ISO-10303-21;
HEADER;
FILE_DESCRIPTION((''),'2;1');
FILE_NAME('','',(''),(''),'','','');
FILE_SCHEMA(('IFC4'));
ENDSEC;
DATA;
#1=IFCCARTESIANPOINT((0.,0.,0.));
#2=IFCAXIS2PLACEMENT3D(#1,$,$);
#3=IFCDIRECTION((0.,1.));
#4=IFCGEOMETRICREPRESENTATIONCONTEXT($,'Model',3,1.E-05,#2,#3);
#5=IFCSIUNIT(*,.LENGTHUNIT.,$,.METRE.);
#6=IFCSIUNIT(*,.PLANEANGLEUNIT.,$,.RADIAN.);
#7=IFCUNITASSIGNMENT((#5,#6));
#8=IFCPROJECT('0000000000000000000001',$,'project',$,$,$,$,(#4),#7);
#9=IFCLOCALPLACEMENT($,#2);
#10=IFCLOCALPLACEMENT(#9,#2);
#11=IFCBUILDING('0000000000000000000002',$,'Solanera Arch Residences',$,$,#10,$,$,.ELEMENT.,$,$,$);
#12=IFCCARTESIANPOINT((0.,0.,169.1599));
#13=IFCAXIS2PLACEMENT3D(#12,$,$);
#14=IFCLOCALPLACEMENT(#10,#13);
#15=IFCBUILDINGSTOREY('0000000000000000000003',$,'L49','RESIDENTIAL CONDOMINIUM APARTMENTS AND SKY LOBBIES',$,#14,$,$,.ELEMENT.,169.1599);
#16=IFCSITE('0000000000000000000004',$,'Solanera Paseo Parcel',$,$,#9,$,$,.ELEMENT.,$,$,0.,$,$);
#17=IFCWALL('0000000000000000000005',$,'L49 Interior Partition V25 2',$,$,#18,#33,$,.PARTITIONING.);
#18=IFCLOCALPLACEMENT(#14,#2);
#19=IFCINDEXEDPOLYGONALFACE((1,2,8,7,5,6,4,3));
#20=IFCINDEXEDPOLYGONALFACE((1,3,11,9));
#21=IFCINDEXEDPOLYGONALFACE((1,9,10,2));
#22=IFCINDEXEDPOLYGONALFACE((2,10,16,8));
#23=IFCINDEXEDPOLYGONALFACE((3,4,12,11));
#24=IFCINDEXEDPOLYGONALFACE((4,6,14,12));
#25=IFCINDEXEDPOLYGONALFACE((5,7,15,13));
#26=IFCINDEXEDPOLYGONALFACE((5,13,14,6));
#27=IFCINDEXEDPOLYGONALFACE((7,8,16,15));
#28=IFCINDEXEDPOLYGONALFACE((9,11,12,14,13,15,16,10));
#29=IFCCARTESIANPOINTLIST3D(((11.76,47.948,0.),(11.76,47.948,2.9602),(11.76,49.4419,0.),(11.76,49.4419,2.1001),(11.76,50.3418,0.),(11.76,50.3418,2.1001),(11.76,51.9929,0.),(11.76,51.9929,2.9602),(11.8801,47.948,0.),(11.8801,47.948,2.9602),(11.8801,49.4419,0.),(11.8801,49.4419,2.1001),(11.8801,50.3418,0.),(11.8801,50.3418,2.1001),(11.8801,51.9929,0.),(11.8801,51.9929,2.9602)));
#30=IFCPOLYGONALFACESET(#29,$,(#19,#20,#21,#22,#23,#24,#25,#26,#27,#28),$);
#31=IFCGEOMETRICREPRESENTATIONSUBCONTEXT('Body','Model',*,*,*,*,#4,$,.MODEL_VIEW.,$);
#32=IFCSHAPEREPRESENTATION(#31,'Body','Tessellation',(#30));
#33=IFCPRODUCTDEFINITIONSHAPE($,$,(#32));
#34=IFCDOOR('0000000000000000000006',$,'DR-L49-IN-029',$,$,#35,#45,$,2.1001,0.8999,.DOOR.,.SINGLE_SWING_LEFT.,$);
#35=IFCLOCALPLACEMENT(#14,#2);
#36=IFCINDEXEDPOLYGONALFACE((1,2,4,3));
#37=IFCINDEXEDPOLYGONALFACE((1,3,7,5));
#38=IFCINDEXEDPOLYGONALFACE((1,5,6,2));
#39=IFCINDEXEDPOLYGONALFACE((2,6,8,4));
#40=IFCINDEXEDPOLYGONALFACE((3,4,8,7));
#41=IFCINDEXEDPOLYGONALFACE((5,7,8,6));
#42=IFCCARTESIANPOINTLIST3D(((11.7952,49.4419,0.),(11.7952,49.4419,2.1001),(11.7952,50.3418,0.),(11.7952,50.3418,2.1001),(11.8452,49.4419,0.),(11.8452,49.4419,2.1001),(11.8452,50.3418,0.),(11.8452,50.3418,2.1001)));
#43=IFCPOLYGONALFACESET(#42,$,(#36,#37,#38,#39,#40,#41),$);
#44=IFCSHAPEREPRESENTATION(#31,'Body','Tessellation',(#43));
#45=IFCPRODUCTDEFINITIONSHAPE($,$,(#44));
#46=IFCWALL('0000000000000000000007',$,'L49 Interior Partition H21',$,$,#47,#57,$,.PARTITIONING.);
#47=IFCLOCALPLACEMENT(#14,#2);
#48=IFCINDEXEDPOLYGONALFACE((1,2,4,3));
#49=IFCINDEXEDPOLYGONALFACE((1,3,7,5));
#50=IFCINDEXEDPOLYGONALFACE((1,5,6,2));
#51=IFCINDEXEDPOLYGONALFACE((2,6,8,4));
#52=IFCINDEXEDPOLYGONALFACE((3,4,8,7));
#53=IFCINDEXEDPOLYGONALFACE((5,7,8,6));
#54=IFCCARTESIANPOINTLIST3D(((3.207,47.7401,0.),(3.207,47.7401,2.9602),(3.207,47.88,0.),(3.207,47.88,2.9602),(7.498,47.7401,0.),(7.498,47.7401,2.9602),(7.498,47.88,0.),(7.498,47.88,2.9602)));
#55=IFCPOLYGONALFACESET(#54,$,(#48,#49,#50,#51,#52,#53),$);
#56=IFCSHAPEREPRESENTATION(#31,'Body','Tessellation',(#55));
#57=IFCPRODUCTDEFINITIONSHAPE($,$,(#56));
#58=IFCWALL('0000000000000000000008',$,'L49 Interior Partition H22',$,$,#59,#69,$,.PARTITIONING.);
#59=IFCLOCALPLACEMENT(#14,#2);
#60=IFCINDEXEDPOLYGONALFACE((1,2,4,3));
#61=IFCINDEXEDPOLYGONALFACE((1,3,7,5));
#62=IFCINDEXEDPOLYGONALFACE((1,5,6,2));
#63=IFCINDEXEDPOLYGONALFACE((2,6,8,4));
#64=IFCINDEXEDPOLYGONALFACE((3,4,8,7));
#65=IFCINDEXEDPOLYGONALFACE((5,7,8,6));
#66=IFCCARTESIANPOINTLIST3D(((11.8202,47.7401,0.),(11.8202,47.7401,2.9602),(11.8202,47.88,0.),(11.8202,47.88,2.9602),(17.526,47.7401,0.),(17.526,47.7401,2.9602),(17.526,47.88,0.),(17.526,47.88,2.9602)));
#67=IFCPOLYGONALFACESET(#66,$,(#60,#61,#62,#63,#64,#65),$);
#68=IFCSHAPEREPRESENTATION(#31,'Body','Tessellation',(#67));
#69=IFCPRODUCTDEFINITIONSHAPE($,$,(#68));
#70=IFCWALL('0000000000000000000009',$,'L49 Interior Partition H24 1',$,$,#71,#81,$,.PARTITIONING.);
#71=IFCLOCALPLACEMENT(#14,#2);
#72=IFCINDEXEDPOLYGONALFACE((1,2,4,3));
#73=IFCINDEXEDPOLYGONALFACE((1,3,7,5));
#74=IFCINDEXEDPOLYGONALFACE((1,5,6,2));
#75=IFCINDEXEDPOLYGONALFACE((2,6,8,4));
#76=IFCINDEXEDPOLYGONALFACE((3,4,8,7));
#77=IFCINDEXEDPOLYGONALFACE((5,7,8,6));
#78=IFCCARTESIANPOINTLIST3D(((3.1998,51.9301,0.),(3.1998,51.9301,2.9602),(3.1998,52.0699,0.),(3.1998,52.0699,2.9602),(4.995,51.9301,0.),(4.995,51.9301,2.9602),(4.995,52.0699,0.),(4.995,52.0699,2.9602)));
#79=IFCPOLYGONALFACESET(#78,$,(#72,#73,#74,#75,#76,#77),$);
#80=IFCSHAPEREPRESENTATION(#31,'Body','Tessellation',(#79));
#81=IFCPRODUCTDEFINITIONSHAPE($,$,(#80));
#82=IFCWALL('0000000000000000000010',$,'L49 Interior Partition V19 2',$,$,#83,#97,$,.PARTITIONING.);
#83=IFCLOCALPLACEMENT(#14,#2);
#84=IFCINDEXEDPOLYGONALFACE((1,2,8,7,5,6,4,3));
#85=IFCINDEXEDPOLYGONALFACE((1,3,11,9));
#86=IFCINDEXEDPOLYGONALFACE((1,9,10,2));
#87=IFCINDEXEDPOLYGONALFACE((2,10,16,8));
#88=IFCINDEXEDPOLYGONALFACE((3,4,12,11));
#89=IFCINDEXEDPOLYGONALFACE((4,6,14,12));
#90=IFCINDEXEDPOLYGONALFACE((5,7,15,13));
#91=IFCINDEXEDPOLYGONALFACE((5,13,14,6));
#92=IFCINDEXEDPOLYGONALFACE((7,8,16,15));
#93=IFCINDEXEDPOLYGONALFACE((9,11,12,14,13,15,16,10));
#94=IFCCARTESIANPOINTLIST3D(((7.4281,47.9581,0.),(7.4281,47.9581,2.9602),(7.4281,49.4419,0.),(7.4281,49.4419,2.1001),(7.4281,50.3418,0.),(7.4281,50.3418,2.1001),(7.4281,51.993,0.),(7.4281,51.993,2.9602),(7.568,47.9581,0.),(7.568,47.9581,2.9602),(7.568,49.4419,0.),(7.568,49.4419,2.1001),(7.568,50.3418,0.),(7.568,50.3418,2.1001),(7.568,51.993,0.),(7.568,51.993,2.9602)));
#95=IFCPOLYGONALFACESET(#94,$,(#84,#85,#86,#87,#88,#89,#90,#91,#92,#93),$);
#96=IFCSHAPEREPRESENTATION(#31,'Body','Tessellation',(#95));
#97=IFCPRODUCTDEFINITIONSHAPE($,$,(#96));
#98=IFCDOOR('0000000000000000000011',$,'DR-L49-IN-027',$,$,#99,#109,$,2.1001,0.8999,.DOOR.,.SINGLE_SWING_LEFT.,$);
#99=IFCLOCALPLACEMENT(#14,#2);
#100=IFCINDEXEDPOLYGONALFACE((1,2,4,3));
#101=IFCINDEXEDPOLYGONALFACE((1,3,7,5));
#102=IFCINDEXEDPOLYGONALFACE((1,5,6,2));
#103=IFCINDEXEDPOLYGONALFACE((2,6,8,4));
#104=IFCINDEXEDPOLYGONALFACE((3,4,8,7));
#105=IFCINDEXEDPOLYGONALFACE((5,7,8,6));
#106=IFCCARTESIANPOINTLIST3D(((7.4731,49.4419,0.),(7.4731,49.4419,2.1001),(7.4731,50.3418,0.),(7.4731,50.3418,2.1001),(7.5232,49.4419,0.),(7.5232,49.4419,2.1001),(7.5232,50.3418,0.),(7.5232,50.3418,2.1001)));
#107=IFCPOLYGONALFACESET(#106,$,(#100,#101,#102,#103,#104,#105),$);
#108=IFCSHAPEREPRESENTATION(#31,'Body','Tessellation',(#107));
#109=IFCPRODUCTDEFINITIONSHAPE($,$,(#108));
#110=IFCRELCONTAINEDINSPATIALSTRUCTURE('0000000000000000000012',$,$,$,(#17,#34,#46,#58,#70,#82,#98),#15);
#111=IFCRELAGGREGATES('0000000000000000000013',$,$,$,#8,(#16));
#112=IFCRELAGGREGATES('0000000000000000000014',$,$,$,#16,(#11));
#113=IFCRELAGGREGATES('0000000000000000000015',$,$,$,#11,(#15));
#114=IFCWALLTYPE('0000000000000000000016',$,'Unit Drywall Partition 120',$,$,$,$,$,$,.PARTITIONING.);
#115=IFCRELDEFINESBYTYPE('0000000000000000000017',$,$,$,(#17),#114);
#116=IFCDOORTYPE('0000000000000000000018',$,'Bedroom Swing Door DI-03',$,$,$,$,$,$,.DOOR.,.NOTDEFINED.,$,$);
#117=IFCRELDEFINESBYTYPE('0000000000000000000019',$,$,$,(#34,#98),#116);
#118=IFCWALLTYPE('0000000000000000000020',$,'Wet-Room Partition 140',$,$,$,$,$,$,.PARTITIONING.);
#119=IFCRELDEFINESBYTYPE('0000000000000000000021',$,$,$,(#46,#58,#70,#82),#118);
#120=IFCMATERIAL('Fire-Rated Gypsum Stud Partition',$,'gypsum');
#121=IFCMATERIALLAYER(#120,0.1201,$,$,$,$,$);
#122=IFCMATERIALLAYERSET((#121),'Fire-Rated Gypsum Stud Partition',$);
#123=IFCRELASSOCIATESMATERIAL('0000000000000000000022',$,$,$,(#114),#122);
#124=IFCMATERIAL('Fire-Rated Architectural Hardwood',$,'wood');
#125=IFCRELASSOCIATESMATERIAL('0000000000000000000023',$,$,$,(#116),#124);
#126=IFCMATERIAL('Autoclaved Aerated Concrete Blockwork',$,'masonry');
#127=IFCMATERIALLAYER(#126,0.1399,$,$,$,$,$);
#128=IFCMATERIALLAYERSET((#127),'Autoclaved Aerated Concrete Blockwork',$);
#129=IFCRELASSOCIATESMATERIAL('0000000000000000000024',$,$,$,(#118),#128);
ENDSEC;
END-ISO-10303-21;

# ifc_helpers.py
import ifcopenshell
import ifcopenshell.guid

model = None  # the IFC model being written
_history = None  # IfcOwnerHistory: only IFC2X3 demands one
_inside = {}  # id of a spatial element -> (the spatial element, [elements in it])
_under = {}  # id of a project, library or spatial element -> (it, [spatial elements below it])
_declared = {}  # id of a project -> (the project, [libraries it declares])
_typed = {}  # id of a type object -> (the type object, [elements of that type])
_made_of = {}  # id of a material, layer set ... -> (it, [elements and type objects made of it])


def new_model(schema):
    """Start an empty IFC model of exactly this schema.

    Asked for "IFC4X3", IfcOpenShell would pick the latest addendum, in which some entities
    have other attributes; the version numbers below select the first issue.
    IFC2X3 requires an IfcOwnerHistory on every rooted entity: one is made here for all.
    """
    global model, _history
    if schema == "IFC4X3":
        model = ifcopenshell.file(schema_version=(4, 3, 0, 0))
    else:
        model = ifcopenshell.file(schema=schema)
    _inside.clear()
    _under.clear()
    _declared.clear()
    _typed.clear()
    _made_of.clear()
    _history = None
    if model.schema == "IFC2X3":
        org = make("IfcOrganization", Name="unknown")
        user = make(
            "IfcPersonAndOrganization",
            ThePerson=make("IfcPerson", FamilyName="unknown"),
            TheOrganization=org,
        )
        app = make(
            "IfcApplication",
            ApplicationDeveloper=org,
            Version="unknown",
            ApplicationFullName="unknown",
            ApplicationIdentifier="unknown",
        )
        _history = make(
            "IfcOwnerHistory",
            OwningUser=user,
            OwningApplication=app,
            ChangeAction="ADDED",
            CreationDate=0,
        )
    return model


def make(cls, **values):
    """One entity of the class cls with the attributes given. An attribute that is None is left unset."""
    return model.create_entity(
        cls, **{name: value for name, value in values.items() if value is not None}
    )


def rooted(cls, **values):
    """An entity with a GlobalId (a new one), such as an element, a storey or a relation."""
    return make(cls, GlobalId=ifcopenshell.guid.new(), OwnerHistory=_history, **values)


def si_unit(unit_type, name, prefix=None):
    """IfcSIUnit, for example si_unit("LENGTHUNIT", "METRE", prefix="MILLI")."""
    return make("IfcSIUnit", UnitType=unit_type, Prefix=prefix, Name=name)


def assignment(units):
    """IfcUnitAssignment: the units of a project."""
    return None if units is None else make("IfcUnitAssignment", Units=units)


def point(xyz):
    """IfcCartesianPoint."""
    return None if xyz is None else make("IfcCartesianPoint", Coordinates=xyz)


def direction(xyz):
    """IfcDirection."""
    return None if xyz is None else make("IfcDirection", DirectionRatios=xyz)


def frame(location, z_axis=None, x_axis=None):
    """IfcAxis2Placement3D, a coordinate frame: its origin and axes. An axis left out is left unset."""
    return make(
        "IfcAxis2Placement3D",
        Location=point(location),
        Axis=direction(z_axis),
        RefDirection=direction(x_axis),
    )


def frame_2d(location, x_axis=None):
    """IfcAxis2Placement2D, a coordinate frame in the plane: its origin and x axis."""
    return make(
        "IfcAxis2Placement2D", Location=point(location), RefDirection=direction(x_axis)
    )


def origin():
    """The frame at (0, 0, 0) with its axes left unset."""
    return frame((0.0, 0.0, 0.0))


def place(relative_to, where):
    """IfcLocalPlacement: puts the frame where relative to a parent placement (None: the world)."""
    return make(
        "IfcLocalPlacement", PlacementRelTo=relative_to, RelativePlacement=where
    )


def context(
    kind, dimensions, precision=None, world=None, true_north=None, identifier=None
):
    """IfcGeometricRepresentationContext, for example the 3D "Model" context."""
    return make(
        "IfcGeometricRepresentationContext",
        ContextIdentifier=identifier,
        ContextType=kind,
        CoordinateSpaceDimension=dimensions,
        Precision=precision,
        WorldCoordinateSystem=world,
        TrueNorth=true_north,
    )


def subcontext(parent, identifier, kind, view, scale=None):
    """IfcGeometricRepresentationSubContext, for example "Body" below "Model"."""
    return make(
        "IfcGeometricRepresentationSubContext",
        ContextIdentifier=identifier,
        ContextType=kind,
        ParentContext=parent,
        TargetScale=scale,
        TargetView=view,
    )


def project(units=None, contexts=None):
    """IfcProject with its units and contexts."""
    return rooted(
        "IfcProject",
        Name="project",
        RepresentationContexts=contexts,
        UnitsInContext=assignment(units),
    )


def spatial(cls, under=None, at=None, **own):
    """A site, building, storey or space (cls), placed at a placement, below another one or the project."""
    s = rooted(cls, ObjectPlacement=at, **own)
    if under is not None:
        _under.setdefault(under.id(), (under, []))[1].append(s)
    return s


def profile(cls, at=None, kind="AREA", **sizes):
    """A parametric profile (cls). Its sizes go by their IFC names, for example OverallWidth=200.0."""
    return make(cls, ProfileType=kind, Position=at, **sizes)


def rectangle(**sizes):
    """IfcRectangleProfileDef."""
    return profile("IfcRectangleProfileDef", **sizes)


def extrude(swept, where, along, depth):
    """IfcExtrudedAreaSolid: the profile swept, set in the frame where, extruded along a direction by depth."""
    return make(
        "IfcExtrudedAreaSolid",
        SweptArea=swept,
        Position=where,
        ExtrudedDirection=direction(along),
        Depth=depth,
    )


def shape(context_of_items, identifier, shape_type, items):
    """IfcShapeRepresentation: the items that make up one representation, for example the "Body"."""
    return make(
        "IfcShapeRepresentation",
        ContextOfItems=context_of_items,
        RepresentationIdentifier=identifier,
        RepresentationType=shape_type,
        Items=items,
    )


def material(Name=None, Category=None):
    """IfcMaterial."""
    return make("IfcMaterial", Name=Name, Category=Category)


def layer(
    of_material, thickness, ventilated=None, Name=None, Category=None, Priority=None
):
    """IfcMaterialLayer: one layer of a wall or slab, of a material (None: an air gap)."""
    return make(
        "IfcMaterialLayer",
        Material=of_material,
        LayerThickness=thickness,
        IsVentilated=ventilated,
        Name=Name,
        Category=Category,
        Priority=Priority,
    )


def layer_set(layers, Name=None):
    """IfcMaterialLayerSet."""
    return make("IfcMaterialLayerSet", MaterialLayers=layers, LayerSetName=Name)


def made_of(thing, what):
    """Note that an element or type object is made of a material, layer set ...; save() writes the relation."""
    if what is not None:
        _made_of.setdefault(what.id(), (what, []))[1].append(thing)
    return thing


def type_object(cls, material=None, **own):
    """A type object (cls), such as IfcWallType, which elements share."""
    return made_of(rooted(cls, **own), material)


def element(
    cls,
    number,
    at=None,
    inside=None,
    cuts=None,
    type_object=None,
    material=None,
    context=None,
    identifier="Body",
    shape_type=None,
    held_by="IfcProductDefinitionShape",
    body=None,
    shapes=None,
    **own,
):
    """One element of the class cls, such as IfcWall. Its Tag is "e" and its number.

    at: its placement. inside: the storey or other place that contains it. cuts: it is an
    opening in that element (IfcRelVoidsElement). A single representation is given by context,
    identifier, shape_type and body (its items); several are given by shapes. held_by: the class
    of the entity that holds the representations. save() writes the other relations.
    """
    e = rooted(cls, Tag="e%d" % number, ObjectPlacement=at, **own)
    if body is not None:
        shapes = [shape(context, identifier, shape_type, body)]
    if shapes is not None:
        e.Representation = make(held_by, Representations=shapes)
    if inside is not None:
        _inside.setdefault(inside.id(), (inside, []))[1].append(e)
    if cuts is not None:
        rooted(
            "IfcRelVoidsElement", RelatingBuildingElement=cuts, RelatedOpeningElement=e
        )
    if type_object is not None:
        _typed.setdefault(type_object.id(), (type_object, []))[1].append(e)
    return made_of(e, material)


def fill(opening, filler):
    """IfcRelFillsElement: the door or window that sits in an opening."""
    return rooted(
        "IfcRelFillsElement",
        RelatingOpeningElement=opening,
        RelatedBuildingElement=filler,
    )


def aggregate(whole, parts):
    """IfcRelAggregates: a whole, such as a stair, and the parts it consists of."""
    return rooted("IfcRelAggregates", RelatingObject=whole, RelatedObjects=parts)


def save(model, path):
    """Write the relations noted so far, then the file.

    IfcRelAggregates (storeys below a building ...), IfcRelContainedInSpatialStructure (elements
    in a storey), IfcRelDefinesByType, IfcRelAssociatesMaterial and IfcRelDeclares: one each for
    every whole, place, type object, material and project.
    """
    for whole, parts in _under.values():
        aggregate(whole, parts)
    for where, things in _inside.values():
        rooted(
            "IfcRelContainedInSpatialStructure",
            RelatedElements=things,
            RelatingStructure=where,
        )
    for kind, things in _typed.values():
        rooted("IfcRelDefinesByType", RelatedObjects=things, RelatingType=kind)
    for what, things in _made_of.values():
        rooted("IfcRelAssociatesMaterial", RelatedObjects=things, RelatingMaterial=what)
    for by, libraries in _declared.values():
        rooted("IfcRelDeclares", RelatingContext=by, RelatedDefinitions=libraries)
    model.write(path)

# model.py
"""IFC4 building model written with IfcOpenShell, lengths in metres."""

from ifc_helpers import new_model, si_unit, direction, frame, frame_2d, origin, place, context, subcontext, project, spatial, rectangle, extrude, material, layer, layer_set, type_object, element, fill, save


model = new_model("IFC4")

# Units and contexts
model_context = context("Model", 3, precision=1e-05, world=origin(), true_north=direction((0.0, 1.0)))
body_context = subcontext(model_context, "Body", "Model", "MODEL_VIEW")
ifc_project = project(units=[si_unit("LENGTHUNIT", "METRE"), si_unit("PLANEANGLEUNIT", "RADIAN")], contexts=[model_context])

# Site, building, storey
site_placement = place(None, origin())
site = spatial("IfcSite", under=ifc_project, at=site_placement, Name="Solanera Paseo Parcel", CompositionType="ELEMENT", RefElevation=0.0)
building_placement = place(site_placement, origin())
building = spatial("IfcBuilding", under=site, at=building_placement, Name="Solanera Arch Residences", CompositionType="ELEMENT")
storey_placement = place(building_placement, frame((0.0, 0.0, 169.1599)))
storey = spatial("IfcBuildingStorey", under=building, at=storey_placement, Name="L49", Description="RESIDENTIAL CONDOMINIUM APARTMENTS AND SKY LOBBIES", CompositionType="ELEMENT", Elevation=169.1599)

# Wall, opening, door
ifc_material_1 = material(Name="Fire-Rated Gypsum Stud Partition", Category="gypsum")
ifc_layer_1 = layer(ifc_material_1, 0.1201)
ifc_layer_set_1 = layer_set([ifc_layer_1], Name="Fire-Rated Gypsum Stud Partition")
wall_type_1 = type_object("IfcWallType", Name="Unit Drywall Partition 120", PredefinedType="PARTITIONING", material=ifc_layer_set_1)
wall_1_placement = place(storey_placement, frame((11.8201, 47.948, 0.0), z_axis=(0.0, 0.0, 1.0), x_axis=(0.0, 1.0, 0.0)))
wall_1 = element("IfcWall", 1, at=wall_1_placement, inside=storey, type_object=wall_type_1, Name="L49 Interior Partition V25 2", PredefinedType="PARTITIONING", context=body_context, shape_type="SweptSolid", body=[
    extrude(rectangle(XDim=4.0449, YDim=0.1201, at=frame_2d((2.0225, 0.0))), origin(), (0.0, 0.0, 1.0), 2.9602),
])
opening_1_placement = place(wall_1_placement, frame((1.4939, 0.0, 0.0)))
opening_1 = element("IfcOpeningElement", 2, at=opening_1_placement, cuts=wall_1, PredefinedType="OPENING", context=body_context, shape_type="SweptSolid", body=[
    extrude(rectangle(XDim=0.8999, YDim=2.1001, at=frame_2d((0.45, 1.05))), frame((0.0, 0.0701, 0.0), z_axis=(0.0, -1.0, 0.0), x_axis=(1.0, 0.0, 0.0)), (0.0, 0.0, 1.0), 0.1401),
])
ifc_material_2 = material(Name="Fire-Rated Architectural Hardwood", Category="wood")
door_type_1 = type_object("IfcDoorType", Name="Bedroom Swing Door DI-03", OperationType="NOTDEFINED", PredefinedType="DOOR", material=ifc_material_2)
door_1_placement = place(opening_1_placement, origin())
door_1 = element("IfcDoor", 3, at=door_1_placement, inside=storey, type_object=door_type_1, Name="DR-L49-IN-029", OperationType="SINGLE_SWING_LEFT", OverallHeight=2.1001, OverallWidth=0.8999, PredefinedType="DOOR", context=body_context, shape_type="SweptSolid", body=[
    extrude(rectangle(XDim=0.8999, YDim=2.1001, at=frame_2d((0.45, 1.05))), frame((0.0, 0.0249, 0.0), z_axis=(0.0, -1.0, 0.0), x_axis=(1.0, 0.0, 0.0)), (0.0, 0.0, 1.0), 0.05),
])
fill(opening_1, door_1)

# Walls
ifc_material_3 = material(Name="Autoclaved Aerated Concrete Blockwork", Category="masonry")
ifc_layer_2 = layer(ifc_material_3, 0.1399)
ifc_layer_set_2 = layer_set([ifc_layer_2], Name="Autoclaved Aerated Concrete Blockwork")
wall_type_2 = type_object("IfcWallType", Name="Wet-Room Partition 140", PredefinedType="PARTITIONING", material=ifc_layer_set_2)
wall_2_placement = place(storey_placement, frame((3.207, 47.8101, 0.0), z_axis=(0.0, 0.0, 1.0), x_axis=(1.0, 0.0, 0.0)))
element("IfcWall", 4, at=wall_2_placement, inside=storey, type_object=wall_type_2, Name="L49 Interior Partition H21", PredefinedType="PARTITIONING", context=body_context, shape_type="SweptSolid", body=[
    extrude(rectangle(XDim=4.291, YDim=0.1399, at=frame_2d((2.1455, 0.0))), origin(), (0.0, 0.0, 1.0), 2.9602),
])
wall_3_placement = place(storey_placement, frame((11.8201, 47.8101, 0.0), z_axis=(0.0, 0.0, 1.0), x_axis=(1.0, 0.0, 0.0)))
element("IfcWall", 5, at=wall_3_placement, inside=storey, type_object=wall_type_2, Name="L49 Interior Partition H22", PredefinedType="PARTITIONING", context=body_context, shape_type="SweptSolid", body=[
    extrude(rectangle(XDim=5.7058, YDim=0.1399, at=frame_2d((2.853, 0.0))), origin(), (0.0, 0.0, 1.0), 2.9602),
])
wall_4_placement = place(storey_placement, frame((3.2, 52.0, 0.0), z_axis=(0.0, 0.0, 1.0), x_axis=(1.0, 0.0, 0.0)))
element("IfcWall", 6, at=wall_4_placement, inside=storey, type_object=wall_type_2, Name="L49 Interior Partition H24 1", PredefinedType="PARTITIONING", context=body_context, shape_type="SweptSolid", body=[
    extrude(rectangle(XDim=1.7952, YDim=0.1399, at=frame_2d((0.8975, 0.0))), origin(), (0.0, 0.0, 1.0), 2.9602),
])

# Wall, opening, door
wall_5_placement = place(storey_placement, frame((7.498, 47.958, 0.0), z_axis=(0.0, 0.0, 1.0), x_axis=(0.0, 1.0, 0.0)))
wall_5 = element("IfcWall", 7, at=wall_5_placement, inside=storey, type_object=wall_type_2, Name="L49 Interior Partition V19 2", PredefinedType="PARTITIONING", context=body_context, shape_type="SweptSolid", body=[
    extrude(rectangle(XDim=4.0349, YDim=0.1399, at=frame_2d((2.0176, 0.0))), origin(), (0.0, 0.0, 1.0), 2.9602),
])
opening_2_placement = place(wall_5_placement, frame((1.4839, 0.0, 0.0)))
opening_2 = element("IfcOpeningElement", 8, at=opening_2_placement, cuts=wall_5, PredefinedType="OPENING", context=body_context, shape_type="SweptSolid", body=[
    extrude(rectangle(XDim=0.8999, YDim=2.1001, at=frame_2d((0.45, 1.05))), frame((0.0, 0.0798, 0.0), z_axis=(0.0, -1.0, 0.0), x_axis=(1.0, 0.0, 0.0)), (0.0, 0.0, 1.0), 0.1599),
])
door_2_placement = place(opening_2_placement, origin())
door_2 = element("IfcDoor", 9, at=door_2_placement, inside=storey, type_object=door_type_1, Name="DR-L49-IN-027", OperationType="SINGLE_SWING_LEFT", OverallHeight=2.1001, OverallWidth=0.8999, PredefinedType="DOOR", context=body_context, shape_type="SweptSolid", body=[
    extrude(rectangle(XDim=0.8999, YDim=2.1001, at=frame_2d((0.45, 1.05))), frame((0.0, 0.0249, 0.0), z_axis=(0.0, -1.0, 0.0), x_axis=(1.0, 0.0, 0.0)), (0.0, 0.0, 1.0), 0.05),
])
fill(opening_2, door_2)

save(model, "model.ifc")
